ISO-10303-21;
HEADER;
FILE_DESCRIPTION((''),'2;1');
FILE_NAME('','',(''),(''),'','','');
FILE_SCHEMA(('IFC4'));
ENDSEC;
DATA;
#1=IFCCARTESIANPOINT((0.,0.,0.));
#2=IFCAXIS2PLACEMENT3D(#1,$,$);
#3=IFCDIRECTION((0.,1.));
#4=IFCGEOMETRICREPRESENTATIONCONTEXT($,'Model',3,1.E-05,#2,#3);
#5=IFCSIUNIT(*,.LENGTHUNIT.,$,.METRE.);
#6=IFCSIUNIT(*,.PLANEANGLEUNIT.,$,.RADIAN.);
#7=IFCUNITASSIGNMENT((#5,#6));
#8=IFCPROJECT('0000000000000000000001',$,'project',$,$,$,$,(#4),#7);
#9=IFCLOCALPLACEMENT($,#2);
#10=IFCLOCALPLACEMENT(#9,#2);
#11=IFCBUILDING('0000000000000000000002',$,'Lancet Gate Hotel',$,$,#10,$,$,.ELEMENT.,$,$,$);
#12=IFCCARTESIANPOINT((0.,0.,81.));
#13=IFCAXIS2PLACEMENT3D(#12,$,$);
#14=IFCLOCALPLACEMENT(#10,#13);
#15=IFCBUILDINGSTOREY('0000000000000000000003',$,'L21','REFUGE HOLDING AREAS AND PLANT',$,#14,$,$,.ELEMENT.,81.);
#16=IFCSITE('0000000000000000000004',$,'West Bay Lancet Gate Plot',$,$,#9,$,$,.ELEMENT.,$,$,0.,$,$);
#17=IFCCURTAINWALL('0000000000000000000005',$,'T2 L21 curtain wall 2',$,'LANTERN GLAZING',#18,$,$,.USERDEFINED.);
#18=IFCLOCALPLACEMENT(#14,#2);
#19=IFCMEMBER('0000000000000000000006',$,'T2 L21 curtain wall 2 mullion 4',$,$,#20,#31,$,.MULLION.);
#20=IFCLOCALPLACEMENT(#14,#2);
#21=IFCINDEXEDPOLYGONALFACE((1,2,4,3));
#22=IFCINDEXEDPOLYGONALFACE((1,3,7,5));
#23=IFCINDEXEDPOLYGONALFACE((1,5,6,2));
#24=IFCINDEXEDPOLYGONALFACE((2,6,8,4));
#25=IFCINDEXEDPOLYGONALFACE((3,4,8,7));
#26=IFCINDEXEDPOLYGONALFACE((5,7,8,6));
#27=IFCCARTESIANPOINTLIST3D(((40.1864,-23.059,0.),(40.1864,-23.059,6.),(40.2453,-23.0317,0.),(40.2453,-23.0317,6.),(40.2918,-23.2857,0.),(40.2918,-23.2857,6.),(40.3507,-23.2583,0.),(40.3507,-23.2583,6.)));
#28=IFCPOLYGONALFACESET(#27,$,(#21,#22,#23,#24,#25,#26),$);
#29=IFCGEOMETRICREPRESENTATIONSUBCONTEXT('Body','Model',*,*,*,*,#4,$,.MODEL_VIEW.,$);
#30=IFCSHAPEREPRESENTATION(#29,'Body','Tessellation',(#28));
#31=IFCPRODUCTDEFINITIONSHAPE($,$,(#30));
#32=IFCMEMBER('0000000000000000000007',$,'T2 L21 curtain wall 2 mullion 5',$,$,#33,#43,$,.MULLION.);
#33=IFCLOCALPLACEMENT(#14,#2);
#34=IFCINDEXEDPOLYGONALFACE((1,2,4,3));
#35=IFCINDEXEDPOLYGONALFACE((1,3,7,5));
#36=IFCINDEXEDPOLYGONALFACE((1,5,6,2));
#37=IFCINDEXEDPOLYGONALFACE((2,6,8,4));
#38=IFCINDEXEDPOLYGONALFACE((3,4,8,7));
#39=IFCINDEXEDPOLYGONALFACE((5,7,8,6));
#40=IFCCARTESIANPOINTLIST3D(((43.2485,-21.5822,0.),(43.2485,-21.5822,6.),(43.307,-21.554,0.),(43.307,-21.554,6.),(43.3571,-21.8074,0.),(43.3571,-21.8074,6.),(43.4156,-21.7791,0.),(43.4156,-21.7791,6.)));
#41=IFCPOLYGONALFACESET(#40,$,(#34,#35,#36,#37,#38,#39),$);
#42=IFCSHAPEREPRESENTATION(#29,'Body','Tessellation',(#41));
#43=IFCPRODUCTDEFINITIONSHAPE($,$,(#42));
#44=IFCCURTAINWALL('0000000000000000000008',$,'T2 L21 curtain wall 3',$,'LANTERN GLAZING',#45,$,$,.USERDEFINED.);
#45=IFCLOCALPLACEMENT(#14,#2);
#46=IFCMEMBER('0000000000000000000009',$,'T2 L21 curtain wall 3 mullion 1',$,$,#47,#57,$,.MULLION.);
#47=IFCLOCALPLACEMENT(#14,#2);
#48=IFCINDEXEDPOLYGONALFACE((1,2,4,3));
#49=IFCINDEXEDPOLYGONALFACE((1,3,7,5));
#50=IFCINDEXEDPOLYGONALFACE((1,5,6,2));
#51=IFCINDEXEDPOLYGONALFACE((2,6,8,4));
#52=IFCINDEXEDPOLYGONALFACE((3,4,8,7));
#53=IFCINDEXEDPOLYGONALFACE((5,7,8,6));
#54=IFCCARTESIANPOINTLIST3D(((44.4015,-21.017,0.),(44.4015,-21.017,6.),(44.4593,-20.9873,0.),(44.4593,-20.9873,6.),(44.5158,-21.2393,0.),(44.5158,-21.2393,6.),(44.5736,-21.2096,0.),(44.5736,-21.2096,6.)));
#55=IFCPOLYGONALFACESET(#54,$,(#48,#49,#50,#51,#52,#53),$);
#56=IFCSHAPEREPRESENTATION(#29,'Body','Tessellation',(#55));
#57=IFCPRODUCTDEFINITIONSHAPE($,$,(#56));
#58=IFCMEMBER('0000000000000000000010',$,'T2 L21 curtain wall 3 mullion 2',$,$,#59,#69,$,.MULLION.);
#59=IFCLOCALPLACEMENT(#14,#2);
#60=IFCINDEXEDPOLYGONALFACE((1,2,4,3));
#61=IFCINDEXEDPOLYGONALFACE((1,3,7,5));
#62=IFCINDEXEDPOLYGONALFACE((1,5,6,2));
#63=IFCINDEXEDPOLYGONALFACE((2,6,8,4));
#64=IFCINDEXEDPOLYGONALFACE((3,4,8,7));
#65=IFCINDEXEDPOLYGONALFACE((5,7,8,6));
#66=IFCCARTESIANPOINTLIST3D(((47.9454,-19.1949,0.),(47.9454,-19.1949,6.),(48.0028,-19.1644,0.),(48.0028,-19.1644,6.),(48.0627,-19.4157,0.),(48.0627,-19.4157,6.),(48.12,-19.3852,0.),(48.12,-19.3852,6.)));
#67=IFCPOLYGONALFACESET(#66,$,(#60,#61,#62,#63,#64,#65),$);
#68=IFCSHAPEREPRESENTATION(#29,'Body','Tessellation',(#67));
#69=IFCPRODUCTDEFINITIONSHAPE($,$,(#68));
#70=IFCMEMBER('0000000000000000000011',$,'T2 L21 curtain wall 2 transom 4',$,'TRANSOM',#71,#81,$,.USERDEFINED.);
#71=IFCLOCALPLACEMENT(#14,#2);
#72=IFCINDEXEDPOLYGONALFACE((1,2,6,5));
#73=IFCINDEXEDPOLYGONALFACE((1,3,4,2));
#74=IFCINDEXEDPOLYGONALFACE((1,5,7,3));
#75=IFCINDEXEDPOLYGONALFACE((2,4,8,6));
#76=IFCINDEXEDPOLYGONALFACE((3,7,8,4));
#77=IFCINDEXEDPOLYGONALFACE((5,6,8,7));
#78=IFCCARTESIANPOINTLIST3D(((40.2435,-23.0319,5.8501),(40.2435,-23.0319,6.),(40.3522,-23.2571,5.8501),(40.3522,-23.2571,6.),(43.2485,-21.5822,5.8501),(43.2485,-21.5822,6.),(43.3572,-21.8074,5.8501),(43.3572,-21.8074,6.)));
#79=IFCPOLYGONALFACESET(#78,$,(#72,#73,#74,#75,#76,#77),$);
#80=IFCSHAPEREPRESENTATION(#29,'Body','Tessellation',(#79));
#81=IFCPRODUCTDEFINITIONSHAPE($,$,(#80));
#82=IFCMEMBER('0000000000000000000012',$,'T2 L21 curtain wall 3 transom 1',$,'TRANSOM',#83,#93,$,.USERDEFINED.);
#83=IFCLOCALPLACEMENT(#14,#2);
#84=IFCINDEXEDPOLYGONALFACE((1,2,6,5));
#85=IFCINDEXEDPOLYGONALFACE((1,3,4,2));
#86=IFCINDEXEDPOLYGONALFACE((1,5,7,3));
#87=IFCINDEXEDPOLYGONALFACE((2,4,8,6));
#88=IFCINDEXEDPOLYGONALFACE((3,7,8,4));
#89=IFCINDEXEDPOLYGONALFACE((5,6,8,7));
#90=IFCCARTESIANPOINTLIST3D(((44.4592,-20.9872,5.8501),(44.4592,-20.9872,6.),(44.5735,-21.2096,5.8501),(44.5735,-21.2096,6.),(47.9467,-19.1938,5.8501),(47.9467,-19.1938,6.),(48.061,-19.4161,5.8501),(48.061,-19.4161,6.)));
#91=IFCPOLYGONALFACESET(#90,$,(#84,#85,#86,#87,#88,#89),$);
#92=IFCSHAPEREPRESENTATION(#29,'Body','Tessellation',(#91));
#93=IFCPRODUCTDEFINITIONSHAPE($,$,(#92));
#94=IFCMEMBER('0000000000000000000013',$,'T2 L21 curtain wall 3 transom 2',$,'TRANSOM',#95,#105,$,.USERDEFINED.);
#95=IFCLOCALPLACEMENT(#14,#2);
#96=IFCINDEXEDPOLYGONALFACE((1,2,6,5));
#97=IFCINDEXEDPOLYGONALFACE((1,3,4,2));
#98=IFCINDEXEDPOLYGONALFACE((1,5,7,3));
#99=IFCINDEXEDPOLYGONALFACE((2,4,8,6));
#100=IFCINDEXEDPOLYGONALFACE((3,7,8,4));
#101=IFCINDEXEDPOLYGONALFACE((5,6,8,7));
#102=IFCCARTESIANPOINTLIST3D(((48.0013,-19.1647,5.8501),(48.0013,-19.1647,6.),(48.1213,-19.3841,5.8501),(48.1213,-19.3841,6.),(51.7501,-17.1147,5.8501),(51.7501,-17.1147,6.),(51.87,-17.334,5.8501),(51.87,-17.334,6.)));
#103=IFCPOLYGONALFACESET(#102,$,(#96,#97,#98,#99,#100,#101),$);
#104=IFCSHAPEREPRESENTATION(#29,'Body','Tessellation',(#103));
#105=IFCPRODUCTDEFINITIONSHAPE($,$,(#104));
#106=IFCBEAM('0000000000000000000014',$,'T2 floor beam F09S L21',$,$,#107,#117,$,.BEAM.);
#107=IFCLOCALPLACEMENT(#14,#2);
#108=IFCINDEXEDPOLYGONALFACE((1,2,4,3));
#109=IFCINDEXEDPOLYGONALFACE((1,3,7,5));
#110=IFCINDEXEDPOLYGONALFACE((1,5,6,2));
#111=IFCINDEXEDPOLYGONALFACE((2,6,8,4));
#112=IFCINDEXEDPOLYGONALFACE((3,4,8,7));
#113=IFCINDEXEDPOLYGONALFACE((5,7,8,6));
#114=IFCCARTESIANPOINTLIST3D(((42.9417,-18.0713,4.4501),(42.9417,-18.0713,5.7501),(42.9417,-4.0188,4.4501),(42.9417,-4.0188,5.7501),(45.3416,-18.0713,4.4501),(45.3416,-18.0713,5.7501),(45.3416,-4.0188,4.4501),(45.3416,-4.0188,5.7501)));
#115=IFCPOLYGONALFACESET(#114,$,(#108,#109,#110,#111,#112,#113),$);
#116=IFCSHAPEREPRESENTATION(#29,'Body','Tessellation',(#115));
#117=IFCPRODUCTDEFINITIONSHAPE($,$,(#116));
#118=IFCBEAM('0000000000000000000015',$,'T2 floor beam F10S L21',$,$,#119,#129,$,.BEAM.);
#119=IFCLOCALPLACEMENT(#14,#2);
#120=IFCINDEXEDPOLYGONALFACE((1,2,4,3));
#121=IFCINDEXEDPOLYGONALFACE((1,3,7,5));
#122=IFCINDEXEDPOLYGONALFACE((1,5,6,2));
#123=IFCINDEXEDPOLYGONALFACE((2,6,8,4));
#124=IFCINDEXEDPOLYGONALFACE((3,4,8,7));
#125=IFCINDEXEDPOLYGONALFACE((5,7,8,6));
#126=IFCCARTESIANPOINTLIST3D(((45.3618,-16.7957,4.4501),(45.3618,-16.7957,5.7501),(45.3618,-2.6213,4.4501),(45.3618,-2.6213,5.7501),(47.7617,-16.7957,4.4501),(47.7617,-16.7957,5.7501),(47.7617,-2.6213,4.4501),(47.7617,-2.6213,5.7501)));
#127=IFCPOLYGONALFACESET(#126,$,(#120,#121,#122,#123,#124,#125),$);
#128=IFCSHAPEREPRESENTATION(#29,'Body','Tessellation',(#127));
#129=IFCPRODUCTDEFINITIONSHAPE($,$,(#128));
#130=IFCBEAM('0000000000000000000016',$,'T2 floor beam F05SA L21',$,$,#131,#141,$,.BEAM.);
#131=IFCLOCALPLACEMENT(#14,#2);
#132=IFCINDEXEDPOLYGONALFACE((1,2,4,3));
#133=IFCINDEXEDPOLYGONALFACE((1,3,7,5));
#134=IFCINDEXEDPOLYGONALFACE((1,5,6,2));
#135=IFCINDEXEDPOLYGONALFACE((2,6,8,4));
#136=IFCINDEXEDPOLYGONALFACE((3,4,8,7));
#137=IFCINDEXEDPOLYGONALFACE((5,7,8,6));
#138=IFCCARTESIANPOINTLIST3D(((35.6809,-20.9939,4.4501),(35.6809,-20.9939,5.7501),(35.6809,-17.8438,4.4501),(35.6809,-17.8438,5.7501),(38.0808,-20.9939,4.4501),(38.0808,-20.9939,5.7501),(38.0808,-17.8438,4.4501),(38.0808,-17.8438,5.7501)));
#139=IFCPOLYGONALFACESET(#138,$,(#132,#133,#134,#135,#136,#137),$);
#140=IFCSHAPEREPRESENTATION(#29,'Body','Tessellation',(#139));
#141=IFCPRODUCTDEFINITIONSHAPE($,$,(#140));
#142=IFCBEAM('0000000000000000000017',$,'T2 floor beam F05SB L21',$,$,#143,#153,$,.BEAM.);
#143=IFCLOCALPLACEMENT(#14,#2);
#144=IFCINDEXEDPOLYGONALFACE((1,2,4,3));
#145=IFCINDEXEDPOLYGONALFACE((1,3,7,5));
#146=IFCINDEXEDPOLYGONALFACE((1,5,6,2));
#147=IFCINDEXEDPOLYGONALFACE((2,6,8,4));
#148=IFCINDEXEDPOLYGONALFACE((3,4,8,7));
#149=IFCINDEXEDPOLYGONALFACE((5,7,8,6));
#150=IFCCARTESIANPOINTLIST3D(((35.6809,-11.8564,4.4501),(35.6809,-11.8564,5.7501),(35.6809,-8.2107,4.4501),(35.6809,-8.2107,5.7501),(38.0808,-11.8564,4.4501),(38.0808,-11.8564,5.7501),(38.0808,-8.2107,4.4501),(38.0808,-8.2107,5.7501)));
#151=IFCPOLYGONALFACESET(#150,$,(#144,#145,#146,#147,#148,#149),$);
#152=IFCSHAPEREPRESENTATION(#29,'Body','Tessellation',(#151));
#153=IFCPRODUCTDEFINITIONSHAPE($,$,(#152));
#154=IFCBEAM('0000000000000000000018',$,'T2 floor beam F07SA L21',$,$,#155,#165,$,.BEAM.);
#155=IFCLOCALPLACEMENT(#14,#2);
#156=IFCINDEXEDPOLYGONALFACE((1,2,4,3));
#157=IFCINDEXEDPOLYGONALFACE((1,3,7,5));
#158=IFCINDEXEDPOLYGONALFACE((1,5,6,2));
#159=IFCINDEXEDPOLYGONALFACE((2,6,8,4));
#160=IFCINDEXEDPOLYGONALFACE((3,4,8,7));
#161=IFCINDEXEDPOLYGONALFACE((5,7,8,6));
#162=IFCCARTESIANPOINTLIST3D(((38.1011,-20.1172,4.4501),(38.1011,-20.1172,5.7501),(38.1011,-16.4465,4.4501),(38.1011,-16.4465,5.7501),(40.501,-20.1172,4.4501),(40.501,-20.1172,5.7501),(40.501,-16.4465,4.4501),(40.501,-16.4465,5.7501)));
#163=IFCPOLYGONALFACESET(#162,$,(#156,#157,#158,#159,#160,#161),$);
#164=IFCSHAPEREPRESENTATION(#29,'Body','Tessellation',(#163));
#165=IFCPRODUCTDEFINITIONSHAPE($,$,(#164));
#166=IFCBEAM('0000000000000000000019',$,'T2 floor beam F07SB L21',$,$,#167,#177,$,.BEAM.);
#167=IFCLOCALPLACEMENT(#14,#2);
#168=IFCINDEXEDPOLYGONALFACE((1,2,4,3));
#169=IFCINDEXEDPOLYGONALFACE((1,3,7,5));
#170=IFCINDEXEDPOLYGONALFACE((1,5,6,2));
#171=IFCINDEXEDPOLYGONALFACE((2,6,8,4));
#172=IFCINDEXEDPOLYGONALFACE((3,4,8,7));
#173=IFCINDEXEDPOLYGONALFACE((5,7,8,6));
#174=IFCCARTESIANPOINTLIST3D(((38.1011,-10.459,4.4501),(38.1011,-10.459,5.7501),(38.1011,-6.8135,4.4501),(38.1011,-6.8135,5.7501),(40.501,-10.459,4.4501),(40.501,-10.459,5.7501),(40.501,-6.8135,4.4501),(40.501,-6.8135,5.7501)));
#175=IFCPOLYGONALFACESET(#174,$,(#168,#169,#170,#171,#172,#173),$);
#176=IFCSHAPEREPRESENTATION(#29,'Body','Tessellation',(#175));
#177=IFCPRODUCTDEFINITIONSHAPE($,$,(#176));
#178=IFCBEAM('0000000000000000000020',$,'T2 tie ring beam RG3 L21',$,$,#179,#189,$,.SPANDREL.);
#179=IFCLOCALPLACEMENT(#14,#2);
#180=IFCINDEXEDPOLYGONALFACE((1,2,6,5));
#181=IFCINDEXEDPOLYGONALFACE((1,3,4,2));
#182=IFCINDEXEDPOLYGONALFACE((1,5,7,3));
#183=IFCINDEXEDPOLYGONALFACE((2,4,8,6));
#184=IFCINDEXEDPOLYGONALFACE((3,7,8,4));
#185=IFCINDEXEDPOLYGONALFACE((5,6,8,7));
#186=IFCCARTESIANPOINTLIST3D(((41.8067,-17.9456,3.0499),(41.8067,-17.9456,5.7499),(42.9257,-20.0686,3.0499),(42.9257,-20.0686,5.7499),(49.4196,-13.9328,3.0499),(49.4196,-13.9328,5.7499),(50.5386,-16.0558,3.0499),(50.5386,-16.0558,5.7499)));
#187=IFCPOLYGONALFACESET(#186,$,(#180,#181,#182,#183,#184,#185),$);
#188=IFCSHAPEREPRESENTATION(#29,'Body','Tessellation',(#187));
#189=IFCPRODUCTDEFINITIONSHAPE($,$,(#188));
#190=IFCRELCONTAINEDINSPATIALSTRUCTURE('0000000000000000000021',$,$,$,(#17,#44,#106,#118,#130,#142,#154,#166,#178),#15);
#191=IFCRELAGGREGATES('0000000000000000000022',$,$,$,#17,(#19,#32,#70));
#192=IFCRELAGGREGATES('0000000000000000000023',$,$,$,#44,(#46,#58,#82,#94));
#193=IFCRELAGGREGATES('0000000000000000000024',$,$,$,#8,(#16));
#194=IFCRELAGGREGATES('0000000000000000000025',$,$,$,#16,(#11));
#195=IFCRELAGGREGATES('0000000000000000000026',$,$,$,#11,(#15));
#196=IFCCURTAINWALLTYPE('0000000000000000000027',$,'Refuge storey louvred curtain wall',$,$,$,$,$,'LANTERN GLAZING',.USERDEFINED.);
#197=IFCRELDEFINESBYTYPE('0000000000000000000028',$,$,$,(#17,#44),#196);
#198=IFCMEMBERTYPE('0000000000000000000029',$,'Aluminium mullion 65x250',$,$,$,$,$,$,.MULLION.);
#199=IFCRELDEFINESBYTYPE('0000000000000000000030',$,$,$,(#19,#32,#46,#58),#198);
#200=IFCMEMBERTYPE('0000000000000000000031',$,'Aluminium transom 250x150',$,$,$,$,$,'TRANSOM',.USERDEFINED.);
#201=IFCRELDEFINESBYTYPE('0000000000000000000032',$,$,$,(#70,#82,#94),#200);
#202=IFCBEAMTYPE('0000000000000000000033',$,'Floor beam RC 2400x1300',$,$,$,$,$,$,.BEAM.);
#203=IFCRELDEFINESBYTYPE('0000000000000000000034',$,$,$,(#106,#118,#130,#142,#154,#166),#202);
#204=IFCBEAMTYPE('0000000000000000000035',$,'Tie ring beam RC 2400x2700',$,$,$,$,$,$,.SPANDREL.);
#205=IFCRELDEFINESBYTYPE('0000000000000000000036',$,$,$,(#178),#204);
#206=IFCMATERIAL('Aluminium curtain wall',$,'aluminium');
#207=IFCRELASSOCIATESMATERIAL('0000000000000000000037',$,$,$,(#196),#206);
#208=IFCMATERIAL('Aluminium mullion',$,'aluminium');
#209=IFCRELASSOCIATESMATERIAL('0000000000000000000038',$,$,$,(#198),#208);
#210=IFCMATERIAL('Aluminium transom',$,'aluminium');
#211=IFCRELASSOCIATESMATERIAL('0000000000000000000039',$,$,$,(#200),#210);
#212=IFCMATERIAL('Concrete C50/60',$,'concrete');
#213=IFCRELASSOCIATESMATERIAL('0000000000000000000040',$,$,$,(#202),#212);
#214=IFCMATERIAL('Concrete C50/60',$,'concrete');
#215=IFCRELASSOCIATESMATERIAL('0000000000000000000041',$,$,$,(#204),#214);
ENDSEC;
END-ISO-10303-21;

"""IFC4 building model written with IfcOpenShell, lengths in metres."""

from ifc_helpers import new_model, si_unit, direction, frame, origin, origin_2d, place, context, subcontext, project, spatial, rectangle, extrude, material, material_profile, profile_set, type_object, element, aggregate, save


model = new_model("IFC4")

# Units and contexts
model_context = context("Model", 3, precision=1e-05, world=origin(), true_north=direction((0.0, 1.0)))
body_context = subcontext(model_context, "Body", "Model", "MODEL_VIEW")
ifc_project = project(units=[si_unit("LENGTHUNIT", "METRE"), si_unit("PLANEANGLEUNIT", "RADIAN")], contexts=[model_context])

# Site, building, storey
site_placement = place(None, origin())
site = spatial("IfcSite", under=ifc_project, at=site_placement, Name="West Bay Lancet Gate Plot", CompositionType="ELEMENT", RefElevation=0.0)
building_placement = place(site_placement, origin())
building = spatial("IfcBuilding", under=site, at=building_placement, Name="Lancet Gate Hotel", CompositionType="ELEMENT")
storey_placement = place(building_placement, frame((0.0, 0.0, 81.0)))
storey = spatial("IfcBuildingStorey", under=building, at=storey_placement, Name="L21", Description="REFUGE HOLDING AREAS AND PLANT", CompositionType="ELEMENT", Elevation=81.0)

# Curtain walls, members
ifc_material_1 = material(Name="Aluminium curtain wall", Category="aluminium")
curtain_wall_type = type_object("IfcCurtainWallType", Name="Refuge storey louvred curtain wall", ElementType="LANTERN GLAZING", PredefinedType="USERDEFINED", material=ifc_material_1)
curtain_wall_1_placement = place(storey_placement, origin())
curtain_wall_1 = element("IfcCurtainWall", 1, at=curtain_wall_1_placement, inside=storey, type_object=curtain_wall_type, Name="T2 L21 curtain wall 2", ObjectType="LANTERN GLAZING", PredefinedType="USERDEFINED")
ifc_material_2 = material(Name="Aluminium mullion", Category="aluminium")
ifc_material_profile_1 = material_profile(ifc_material_2, rectangle(XDim=0.0649, YDim=0.25, at=origin_2d()), Name="MULLION 65x250")
ifc_profile_set_1 = profile_set([ifc_material_profile_1], Name="Aluminium mullion")
member_type_1 = type_object("IfcMemberType", Name="Aluminium mullion 65x250", PredefinedType="MULLION", material=ifc_profile_set_1)
member_1_placement = place(storey_placement, frame((40.2686, -23.1587, 0.0), z_axis=(0.0, 0.0, 1.0), x_axis=(0.906755, 0.421657, 0.0)))
member_1 = element("IfcMember", 2, at=member_1_placement, type_object=member_type_1, Name="T2 L21 curtain wall 2 mullion 4", PredefinedType="MULLION", context=body_context, shape_type="SweptSolid", body=[
    extrude(rectangle(XDim=0.0649, YDim=0.25, at=origin_2d()), origin(), (0.0, 0.0, 1.0), 6.0),
])
member_2_placement = place(storey_placement, frame((43.332, -21.6807, 0.0), z_axis=(0.0, 0.0, 1.0), x_axis=(0.900647, 0.43455, 0.0)))
member_2 = element("IfcMember", 3, at=member_2_placement, type_object=member_type_1, Name="T2 L21 curtain wall 2 mullion 5", PredefinedType="MULLION", context=body_context, shape_type="SweptSolid", body=[
    extrude(rectangle(XDim=0.0649, YDim=0.25, at=origin_2d()), origin(), (0.0, 0.0, 1.0), 6.0),
])
curtain_wall_2_placement = place(storey_placement, origin())
curtain_wall_2 = element("IfcCurtainWall", 4, at=curtain_wall_2_placement, inside=storey, type_object=curtain_wall_type, Name="T2 L21 curtain wall 3", ObjectType="LANTERN GLAZING", PredefinedType="USERDEFINED")
member_3_placement = place(storey_placement, frame((44.4875, -21.1133, 0.0), z_axis=(0.0, 0.0, 1.0), x_axis=(0.889296, 0.457332, 0.0)))
member_3 = element("IfcMember", 5, at=member_3_placement, type_object=member_type_1, Name="T2 L21 curtain wall 3 mullion 1", PredefinedType="MULLION", context=body_context, shape_type="SweptSolid", body=[
    extrude(rectangle(XDim=0.0649, YDim=0.25, at=origin_2d()), origin(), (0.0, 0.0, 1.0), 6.0),
])
member_4_placement = place(storey_placement, frame((48.0327, -19.29, 0.0), z_axis=(0.0, 0.0, 1.0), x_axis=(0.883152, 0.469087, 0.0)))
member_4 = element("IfcMember", 6, at=member_4_placement, type_object=member_type_1, Name="T2 L21 curtain wall 3 mullion 2", PredefinedType="MULLION", context=body_context, shape_type="SweptSolid", body=[
    extrude(rectangle(XDim=0.0649, YDim=0.25, at=origin_2d()), origin(), (0.0, 0.0, 1.0), 6.0),
])

# Members
ifc_material_3 = material(Name="Aluminium transom", Category="aluminium")
ifc_material_profile_2 = material_profile(ifc_material_3, rectangle(XDim=0.25, YDim=0.1499, at=origin_2d()), Name="TRANSOM 250x150")
ifc_profile_set_2 = profile_set([ifc_material_profile_2], Name="Aluminium transom")
member_type_2 = type_object("IfcMemberType", Name="Aluminium transom 250x150", ElementType="TRANSOM", PredefinedType="USERDEFINED", material=ifc_profile_set_2)
member_5_placement = place(storey_placement, frame((40.2979, -23.1445, 5.925), z_axis=(0.90066, 0.434524, 0.0), x_axis=(-0.434524, 0.90066, 0.0)))
member_5 = element("IfcMember", 7, at=member_5_placement, type_object=member_type_2, Name="T2 L21 curtain wall 2 transom 4", ObjectType="TRANSOM", PredefinedType="USERDEFINED", context=body_context, shape_type="SweptSolid", body=[
    extrude(rectangle(XDim=0.25, YDim=0.1499, at=origin_2d()), origin(), (0.0, 0.0, 1.0), 3.3364),
])
member_6_placement = place(storey_placement, frame((44.5164, -21.0984, 5.925), z_axis=(0.889302, 0.45732, 0.0), x_axis=(-0.45732, 0.889302, 0.0)))
member_6 = element("IfcMember", 8, at=member_6_placement, type_object=member_type_2, Name="T2 L21 curtain wall 3 transom 1", ObjectType="TRANSOM", PredefinedType="USERDEFINED", context=body_context, shape_type="SweptSolid", body=[
    extrude(rectangle(XDim=0.25, YDim=0.1499, at=origin_2d()), origin(), (0.0, 0.0, 1.0), 3.9216),
])
member_7_placement = place(storey_placement, frame((48.0613, -19.2744, 5.925), z_axis=(0.877378, 0.479801, 0.0), x_axis=(-0.479801, 0.877378, 0.0)))
member_7 = element("IfcMember", 9, at=member_7_placement, type_object=member_type_2, Name="T2 L21 curtain wall 3 transom 2", ObjectType="TRANSOM", PredefinedType="USERDEFINED", context=body_context, shape_type="SweptSolid", body=[
    extrude(rectangle(XDim=0.25, YDim=0.1499, at=origin_2d()), origin(), (0.0, 0.0, 1.0), 4.2727),
])

# Beams
ifc_material_4 = material(Name="Concrete C50/60", Category="concrete")
ifc_material_profile_3 = material_profile(ifc_material_4, rectangle(XDim=2.3999, YDim=1.3, at=origin_2d()), Name="RC 2400x1300")
ifc_profile_set_3 = profile_set([ifc_material_profile_3], Name="Concrete C50/60")
beam_type_1 = type_object("IfcBeamType", Name="Floor beam RC 2400x1300", PredefinedType="BEAM", material=ifc_profile_set_3)
beam_1_placement = place(storey_placement, frame((44.1416, -18.0713, 5.1001), z_axis=(0.0, 1.0, 0.0), x_axis=(-1.0, 0.0, 0.0)))
element("IfcBeam", 10, at=beam_1_placement, inside=storey, type_object=beam_type_1, Name="T2 floor beam F09S L21", PredefinedType="BEAM", context=body_context, shape_type="SweptSolid", body=[
    extrude(rectangle(XDim=2.3999, YDim=1.3, at=origin_2d()), origin(), (0.0, 0.0, 1.0), 14.0525),
])
beam_2_placement = place(storey_placement, frame((46.5618, -16.7957, 5.1001), z_axis=(0.0, 1.0, 0.0), x_axis=(-1.0, 0.0, 0.0)))
element("IfcBeam", 11, at=beam_2_placement, inside=storey, type_object=beam_type_1, Name="T2 floor beam F10S L21", PredefinedType="BEAM", context=body_context, shape_type="SweptSolid", body=[
    extrude(rectangle(XDim=2.3999, YDim=1.3, at=origin_2d()), origin(), (0.0, 0.0, 1.0), 14.1743),
])
beam_3_placement = place(storey_placement, frame((36.8809, -20.9939, 5.1001), z_axis=(0.0, 1.0, 0.0), x_axis=(-1.0, 0.0, 0.0)))
element("IfcBeam", 12, at=beam_3_placement, inside=storey, type_object=beam_type_1, Name="T2 floor beam F05SA L21", PredefinedType="BEAM", context=body_context, shape_type="SweptSolid", body=[
    extrude(rectangle(XDim=2.3999, YDim=1.3, at=origin_2d()), origin(), (0.0, 0.0, 1.0), 3.1501),
])
beam_4_placement = place(storey_placement, frame((36.8809, -11.8564, 5.1001), z_axis=(0.0, 1.0, 0.0), x_axis=(-1.0, 0.0, 0.0)))
element("IfcBeam", 13, at=beam_4_placement, inside=storey, type_object=beam_type_1, Name="T2 floor beam F05SB L21", PredefinedType="BEAM", context=body_context, shape_type="SweptSolid", body=[
    extrude(rectangle(XDim=2.3999, YDim=1.3, at=origin_2d()), origin(), (0.0, 0.0, 1.0), 3.6458),
])
beam_5_placement = place(storey_placement, frame((39.301, -20.1172, 5.1001), z_axis=(0.0, 1.0, 0.0), x_axis=(-1.0, 0.0, 0.0)))
element("IfcBeam", 14, at=beam_5_placement, inside=storey, type_object=beam_type_1, Name="T2 floor beam F07SA L21", PredefinedType="BEAM", context=body_context, shape_type="SweptSolid", body=[
    extrude(rectangle(XDim=2.3999, YDim=1.3, at=origin_2d()), origin(), (0.0, 0.0, 1.0), 3.6707),
])
beam_6_placement = place(storey_placement, frame((39.301, -10.459, 5.1001), z_axis=(0.0, 1.0, 0.0), x_axis=(-1.0, 0.0, 0.0)))
element("IfcBeam", 15, at=beam_6_placement, inside=storey, type_object=beam_type_1, Name="T2 floor beam F07SB L21", PredefinedType="BEAM", context=body_context, shape_type="SweptSolid", body=[
    extrude(rectangle(XDim=2.3999, YDim=1.3, at=origin_2d()), origin(), (0.0, 0.0, 1.0), 3.6455),
])
ifc_material_5 = material(Name="Concrete C50/60", Category="concrete")
ifc_material_profile_4 = material_profile(ifc_material_5, rectangle(XDim=2.3999, YDim=2.7, at=origin_2d()), Name="RC 2400x2700")
ifc_profile_set_4 = profile_set([ifc_material_profile_4], Name="Concrete C50/60")
beam_type_2 = type_object("IfcBeamType", Name="Tie ring beam RC 2400x2700", PredefinedType="SPANDREL", material=ifc_profile_set_4)
beam_7_placement = place(storey_placement, frame((42.3662, -19.0071, 4.3999), z_axis=(0.884633, 0.466289, 0.0), x_axis=(-0.466289, 0.884633, 0.0)))
element("IfcBeam", 16, at=beam_7_placement, inside=storey, type_object=beam_type_2, Name="T2 tie ring beam RG3 L21", PredefinedType="SPANDREL", context=body_context, shape_type="SweptSolid", body=[
    extrude(rectangle(XDim=2.3999, YDim=2.7, at=origin_2d()), origin(), (0.0, 0.0, 1.0), 8.6057),
])

aggregate(curtain_wall_1, [member_1, member_2, member_5])
aggregate(curtain_wall_2, [member_3, member_4, member_6, member_7])

save(model, "model.ifc")
